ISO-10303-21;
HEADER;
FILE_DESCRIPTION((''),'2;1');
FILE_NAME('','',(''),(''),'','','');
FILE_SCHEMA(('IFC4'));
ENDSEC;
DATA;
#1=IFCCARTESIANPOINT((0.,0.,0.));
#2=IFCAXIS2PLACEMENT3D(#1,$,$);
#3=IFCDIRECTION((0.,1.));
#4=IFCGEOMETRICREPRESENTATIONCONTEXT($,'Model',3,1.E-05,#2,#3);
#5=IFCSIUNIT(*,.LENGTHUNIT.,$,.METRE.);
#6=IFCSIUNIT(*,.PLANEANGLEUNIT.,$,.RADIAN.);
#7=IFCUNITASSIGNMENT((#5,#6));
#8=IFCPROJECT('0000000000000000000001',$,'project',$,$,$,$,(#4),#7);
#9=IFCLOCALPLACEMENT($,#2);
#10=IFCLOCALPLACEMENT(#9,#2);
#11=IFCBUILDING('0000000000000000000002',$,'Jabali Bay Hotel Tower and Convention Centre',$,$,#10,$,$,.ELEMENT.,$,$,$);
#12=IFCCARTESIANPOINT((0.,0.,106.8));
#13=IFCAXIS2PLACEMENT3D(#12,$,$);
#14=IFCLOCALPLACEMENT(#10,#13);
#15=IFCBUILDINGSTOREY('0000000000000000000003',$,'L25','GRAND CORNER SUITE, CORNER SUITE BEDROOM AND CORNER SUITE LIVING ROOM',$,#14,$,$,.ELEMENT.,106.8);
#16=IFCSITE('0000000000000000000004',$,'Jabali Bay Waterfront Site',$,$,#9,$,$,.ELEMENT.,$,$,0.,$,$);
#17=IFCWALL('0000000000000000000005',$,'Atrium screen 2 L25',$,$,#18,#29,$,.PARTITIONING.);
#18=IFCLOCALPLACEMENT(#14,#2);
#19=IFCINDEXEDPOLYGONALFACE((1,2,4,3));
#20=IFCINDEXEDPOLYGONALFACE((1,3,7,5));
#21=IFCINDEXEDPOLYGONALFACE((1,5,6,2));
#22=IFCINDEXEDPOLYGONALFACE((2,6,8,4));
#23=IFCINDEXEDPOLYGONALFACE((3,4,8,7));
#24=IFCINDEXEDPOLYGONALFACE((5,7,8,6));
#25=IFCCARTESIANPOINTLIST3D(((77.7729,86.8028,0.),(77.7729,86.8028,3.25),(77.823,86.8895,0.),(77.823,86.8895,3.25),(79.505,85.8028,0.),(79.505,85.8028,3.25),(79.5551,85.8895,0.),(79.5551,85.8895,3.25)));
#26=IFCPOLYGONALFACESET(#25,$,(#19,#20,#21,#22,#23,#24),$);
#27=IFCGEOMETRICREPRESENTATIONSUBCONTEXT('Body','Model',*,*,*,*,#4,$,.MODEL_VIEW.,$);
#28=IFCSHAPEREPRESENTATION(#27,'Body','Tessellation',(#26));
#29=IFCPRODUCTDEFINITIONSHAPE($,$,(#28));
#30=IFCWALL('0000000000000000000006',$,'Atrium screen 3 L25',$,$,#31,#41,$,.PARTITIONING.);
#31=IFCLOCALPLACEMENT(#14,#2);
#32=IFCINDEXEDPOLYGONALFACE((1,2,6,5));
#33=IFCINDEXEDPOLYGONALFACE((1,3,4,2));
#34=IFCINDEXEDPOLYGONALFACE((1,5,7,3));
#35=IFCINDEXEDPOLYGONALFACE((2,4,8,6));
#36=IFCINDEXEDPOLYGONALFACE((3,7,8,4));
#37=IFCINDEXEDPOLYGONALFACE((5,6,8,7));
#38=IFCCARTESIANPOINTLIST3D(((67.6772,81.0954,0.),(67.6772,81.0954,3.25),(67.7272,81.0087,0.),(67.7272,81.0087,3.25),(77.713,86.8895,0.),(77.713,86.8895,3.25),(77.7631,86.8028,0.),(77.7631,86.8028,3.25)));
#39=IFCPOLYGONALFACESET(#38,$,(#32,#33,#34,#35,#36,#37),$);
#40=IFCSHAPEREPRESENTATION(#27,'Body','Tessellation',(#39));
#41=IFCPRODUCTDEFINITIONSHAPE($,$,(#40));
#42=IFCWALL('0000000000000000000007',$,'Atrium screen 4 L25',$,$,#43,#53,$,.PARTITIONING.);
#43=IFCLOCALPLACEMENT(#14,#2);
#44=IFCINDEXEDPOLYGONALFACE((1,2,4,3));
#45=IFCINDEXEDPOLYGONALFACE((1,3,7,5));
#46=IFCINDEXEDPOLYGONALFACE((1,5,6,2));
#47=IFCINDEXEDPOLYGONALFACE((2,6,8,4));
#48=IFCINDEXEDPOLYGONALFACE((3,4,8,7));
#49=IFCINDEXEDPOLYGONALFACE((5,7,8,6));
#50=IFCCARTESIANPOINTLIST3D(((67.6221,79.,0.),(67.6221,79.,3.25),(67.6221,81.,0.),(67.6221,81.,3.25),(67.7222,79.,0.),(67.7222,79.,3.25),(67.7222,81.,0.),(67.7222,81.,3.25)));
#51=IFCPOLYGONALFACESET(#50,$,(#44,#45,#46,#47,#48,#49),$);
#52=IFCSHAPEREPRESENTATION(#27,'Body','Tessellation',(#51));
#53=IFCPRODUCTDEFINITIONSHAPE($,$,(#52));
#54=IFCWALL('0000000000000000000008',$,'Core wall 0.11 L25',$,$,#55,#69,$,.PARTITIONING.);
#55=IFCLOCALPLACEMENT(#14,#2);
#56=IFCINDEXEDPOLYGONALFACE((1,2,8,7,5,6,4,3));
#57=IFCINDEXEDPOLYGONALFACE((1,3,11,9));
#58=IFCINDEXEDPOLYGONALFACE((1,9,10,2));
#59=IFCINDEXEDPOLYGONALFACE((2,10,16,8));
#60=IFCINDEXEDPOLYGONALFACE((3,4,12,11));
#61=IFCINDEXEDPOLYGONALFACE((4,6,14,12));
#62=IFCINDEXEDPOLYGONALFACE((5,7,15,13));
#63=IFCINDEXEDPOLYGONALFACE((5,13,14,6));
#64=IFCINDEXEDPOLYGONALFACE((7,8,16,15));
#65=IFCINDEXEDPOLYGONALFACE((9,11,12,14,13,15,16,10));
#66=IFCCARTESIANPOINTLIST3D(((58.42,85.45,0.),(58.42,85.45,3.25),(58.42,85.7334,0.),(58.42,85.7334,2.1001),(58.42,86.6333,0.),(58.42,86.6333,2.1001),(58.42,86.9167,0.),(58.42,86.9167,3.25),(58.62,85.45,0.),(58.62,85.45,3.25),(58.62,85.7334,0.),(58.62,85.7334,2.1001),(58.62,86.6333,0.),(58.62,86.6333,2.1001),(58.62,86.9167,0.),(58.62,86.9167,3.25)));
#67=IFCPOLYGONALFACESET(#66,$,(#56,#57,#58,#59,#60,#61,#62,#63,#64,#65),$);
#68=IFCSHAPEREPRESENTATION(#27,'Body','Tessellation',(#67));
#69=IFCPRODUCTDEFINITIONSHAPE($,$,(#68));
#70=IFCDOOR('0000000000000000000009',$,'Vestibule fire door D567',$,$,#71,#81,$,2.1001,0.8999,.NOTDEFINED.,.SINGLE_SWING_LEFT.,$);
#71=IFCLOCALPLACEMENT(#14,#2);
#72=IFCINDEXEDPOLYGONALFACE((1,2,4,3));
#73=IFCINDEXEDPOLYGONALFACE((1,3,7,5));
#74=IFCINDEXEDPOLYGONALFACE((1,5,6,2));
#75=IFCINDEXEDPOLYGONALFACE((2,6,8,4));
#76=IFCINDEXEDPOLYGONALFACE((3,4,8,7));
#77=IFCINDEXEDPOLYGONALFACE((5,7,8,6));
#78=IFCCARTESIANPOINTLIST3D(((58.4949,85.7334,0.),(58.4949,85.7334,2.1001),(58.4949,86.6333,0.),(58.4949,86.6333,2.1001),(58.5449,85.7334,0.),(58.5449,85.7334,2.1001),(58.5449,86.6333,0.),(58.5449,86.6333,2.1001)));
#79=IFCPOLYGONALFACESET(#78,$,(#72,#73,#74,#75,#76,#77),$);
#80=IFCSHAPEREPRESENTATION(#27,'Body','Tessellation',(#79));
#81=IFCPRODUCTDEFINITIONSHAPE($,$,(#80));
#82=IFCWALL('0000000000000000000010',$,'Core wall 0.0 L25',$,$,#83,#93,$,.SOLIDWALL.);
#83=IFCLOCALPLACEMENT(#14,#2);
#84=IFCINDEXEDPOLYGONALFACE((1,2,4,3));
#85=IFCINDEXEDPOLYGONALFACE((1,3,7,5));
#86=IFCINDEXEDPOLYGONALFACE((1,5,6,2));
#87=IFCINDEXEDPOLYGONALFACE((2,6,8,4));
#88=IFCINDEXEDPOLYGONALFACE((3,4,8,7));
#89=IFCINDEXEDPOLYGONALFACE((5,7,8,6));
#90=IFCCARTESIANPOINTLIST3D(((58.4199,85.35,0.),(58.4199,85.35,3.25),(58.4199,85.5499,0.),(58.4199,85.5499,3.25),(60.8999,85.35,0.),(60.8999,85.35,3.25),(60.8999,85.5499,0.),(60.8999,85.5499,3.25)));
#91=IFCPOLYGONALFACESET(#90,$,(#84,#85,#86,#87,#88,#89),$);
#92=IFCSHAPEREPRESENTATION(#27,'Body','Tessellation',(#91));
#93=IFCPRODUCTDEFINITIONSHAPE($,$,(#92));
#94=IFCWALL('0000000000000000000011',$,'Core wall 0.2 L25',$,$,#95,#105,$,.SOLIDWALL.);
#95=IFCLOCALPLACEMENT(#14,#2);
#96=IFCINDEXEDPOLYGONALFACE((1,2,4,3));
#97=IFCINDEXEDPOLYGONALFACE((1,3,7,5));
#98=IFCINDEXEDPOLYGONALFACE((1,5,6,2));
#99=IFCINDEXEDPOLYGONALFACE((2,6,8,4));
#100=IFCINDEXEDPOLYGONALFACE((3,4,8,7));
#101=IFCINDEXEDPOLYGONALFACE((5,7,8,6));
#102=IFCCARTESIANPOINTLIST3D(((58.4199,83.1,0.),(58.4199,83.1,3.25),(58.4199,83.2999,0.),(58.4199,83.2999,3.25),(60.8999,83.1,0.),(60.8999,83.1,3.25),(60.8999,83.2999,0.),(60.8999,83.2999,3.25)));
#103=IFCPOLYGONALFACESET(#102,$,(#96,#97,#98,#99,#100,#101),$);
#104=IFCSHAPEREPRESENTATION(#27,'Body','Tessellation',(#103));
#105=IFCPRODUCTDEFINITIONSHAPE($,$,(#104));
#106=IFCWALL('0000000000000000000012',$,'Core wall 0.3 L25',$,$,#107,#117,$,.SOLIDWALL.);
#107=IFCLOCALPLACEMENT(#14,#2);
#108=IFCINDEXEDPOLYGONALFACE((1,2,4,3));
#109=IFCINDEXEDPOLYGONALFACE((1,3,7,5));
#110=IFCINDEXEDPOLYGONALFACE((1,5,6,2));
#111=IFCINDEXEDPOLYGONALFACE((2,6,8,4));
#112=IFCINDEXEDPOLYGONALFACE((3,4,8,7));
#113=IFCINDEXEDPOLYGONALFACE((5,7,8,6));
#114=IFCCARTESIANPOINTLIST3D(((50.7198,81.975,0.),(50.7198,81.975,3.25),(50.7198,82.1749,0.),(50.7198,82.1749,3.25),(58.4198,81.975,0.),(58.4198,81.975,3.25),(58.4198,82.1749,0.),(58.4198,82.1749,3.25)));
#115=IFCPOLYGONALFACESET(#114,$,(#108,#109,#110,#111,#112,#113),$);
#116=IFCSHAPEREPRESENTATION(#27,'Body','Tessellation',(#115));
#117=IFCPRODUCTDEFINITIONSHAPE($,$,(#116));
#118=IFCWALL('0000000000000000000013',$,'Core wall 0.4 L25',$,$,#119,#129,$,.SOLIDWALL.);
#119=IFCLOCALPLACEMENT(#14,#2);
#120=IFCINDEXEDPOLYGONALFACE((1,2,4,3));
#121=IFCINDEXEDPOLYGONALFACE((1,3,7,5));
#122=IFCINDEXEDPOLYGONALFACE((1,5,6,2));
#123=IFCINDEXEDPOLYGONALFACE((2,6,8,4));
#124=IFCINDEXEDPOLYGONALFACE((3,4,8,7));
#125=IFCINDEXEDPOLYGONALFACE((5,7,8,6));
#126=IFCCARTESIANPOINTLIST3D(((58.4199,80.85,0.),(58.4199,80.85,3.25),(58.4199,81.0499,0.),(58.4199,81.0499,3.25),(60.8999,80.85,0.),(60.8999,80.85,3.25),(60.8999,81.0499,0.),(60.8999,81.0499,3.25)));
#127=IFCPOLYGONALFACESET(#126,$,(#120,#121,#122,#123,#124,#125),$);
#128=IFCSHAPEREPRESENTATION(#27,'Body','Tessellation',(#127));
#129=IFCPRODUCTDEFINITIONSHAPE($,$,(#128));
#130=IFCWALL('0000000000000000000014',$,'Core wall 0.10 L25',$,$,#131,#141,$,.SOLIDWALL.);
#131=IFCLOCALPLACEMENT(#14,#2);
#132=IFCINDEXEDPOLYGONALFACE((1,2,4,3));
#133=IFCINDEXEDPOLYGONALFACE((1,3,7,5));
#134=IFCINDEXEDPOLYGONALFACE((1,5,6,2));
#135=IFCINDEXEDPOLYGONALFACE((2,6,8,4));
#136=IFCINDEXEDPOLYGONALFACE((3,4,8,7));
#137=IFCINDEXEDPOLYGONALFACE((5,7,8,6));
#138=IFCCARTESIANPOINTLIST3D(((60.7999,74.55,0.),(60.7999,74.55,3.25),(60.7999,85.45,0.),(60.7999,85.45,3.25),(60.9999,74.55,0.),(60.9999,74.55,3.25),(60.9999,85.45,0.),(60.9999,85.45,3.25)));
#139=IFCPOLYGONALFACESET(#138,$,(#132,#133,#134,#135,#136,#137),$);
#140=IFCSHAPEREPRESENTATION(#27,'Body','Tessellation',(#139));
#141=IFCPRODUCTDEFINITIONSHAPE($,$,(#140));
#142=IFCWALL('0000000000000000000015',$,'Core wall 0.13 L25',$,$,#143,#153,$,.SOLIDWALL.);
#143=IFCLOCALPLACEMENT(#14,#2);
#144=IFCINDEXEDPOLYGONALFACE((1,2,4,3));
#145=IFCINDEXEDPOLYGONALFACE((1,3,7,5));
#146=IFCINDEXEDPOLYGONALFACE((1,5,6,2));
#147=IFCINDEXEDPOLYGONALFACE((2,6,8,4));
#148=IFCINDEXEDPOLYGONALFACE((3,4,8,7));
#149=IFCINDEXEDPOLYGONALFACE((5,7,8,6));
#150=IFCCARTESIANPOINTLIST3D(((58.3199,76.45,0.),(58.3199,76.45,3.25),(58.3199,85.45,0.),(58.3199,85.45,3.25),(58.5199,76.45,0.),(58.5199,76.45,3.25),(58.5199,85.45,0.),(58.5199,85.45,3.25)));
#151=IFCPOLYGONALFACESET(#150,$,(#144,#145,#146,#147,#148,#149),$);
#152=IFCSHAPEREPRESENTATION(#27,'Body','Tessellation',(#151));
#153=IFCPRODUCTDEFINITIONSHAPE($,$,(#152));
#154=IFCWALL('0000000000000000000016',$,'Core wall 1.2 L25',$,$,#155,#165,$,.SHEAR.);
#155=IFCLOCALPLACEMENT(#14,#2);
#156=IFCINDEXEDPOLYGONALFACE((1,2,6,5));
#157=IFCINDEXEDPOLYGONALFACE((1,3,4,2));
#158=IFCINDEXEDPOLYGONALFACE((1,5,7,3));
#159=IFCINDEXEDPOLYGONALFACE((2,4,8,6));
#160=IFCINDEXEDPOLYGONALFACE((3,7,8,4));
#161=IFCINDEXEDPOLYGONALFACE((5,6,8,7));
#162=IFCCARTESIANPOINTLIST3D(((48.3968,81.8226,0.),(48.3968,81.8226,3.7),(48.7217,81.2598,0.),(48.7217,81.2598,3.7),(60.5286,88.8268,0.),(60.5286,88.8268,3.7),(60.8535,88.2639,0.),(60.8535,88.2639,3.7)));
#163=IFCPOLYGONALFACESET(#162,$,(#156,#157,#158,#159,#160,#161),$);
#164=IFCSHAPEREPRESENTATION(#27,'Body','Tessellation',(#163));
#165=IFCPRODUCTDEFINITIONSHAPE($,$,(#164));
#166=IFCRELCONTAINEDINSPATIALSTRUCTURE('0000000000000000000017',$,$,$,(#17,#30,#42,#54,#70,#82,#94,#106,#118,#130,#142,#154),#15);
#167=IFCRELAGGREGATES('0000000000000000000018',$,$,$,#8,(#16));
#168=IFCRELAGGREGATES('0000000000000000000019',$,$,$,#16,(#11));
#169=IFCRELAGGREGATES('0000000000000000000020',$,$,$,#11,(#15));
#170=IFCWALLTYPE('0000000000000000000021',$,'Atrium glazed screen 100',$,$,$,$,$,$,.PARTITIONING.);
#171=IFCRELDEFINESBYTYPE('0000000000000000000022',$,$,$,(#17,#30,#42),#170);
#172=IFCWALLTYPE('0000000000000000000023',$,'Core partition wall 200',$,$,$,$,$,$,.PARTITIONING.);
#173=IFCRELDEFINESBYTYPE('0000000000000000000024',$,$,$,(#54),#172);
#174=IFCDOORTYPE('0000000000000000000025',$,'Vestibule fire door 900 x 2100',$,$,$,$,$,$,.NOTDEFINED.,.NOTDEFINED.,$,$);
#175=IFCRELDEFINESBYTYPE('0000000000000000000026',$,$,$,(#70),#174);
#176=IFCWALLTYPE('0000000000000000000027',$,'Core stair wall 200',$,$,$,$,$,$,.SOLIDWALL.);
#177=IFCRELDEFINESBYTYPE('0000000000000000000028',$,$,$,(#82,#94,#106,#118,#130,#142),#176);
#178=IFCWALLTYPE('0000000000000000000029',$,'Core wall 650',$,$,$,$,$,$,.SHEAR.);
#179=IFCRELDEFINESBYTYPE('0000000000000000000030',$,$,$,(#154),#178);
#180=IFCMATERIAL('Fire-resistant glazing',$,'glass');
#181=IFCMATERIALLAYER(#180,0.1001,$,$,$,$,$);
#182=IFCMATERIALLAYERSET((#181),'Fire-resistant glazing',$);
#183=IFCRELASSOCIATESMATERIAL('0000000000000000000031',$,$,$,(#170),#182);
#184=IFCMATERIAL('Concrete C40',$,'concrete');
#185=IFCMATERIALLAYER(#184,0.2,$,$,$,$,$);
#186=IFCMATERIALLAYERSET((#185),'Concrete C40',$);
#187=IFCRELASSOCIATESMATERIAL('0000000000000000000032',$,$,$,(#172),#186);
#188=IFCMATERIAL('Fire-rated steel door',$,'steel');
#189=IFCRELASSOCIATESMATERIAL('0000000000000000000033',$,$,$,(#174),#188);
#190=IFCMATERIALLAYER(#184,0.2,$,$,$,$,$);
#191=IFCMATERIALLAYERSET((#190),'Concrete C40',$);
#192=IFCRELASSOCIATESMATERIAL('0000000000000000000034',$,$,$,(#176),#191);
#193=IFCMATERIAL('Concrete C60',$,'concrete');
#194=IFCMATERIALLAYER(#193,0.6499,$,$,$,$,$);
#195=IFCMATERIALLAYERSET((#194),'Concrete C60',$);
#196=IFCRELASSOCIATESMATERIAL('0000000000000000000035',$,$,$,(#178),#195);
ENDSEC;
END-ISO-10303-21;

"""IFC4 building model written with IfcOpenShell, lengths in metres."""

from ifc_helpers import new_model, si_unit, direction, frame, frame_2d, origin, place, context, subcontext, project, spatial, rectangle, extrude, material, layer, layer_set, type_object, element, fill, save


model = new_model("IFC4")

# Units and contexts
model_context = context("Model", 3, precision=1e-05, world=origin(), true_north=direction((0.0, 1.0)))
body_context = subcontext(model_context, "Body", "Model", "MODEL_VIEW")
ifc_project = project(units=[si_unit("LENGTHUNIT", "METRE"), si_unit("PLANEANGLEUNIT", "RADIAN")], contexts=[model_context])

# Site, building, storey
site_placement = place(None, origin())
site = spatial("IfcSite", under=ifc_project, at=site_placement, Name="Jabali Bay Waterfront Site", CompositionType="ELEMENT", RefElevation=0.0)
building_placement = place(site_placement, origin())
building = spatial("IfcBuilding", under=site, at=building_placement, Name="Jabali Bay Hotel Tower and Convention Centre", CompositionType="ELEMENT")
storey_placement = place(building_placement, frame((0.0, 0.0, 106.8)))
storey = spatial("IfcBuildingStorey", under=building, at=storey_placement, Name="L25", Description="GRAND CORNER SUITE, CORNER SUITE BEDROOM AND CORNER SUITE LIVING ROOM", CompositionType="ELEMENT", Elevation=106.8)

# Walls
ifc_material_1 = material(Name="Fire-resistant glazing", Category="glass")
ifc_layer_1 = layer(ifc_material_1, 0.1001)
ifc_layer_set_1 = layer_set([ifc_layer_1], Name="Fire-resistant glazing")
wall_type_1 = type_object("IfcWallType", Name="Atrium glazed screen 100", PredefinedType="PARTITIONING", material=ifc_layer_set_1)
wall_1_placement = place(storey_placement, frame((79.53, 85.8462, 0.0), z_axis=(0.0, 0.0, 1.0), x_axis=(-0.866041, 0.499973, 0.0)))
element("IfcWall", 1, at=wall_1_placement, inside=storey, type_object=wall_type_1, Name="Atrium screen 2 L25", PredefinedType="PARTITIONING", context=body_context, shape_type="SweptSolid", body=[
    extrude(rectangle(XDim=2.0, YDim=0.1001, at=frame_2d((1.0, 0.0))), origin(), (0.0, 0.0, 1.0), 3.25),
])
wall_2_placement = place(storey_placement, frame((77.738, 86.8462, 0.0), z_axis=(0.0, 0.0, 1.0), x_axis=(-0.866027, -0.499998, 0.0)))
element("IfcWall", 2, at=wall_2_placement, inside=storey, type_object=wall_type_1, Name="Atrium screen 3 L25", PredefinedType="PARTITIONING", context=body_context, shape_type="SweptSolid", body=[
    extrude(rectangle(XDim=11.5884, YDim=0.1001, at=frame_2d((5.7942, 0.0))), origin(), (0.0, 0.0, 1.0), 3.25),
])
wall_3_placement = place(storey_placement, frame((67.6721, 81.0, 0.0), z_axis=(0.0, 0.0, 1.0), x_axis=(0.0, -1.0, 0.0)))
element("IfcWall", 3, at=wall_3_placement, inside=storey, type_object=wall_type_1, Name="Atrium screen 4 L25", PredefinedType="PARTITIONING", context=body_context, shape_type="SweptSolid", body=[
    extrude(rectangle(XDim=2.0, YDim=0.1001, at=frame_2d((1.0, 0.0))), origin(), (0.0, 0.0, 1.0), 3.25),
])

# Wall, opening, door
ifc_material_2 = material(Name="Concrete C40", Category="concrete")
ifc_layer_2 = layer(ifc_material_2, 0.2)
ifc_layer_set_2 = layer_set([ifc_layer_2], Name="Concrete C40")
wall_type_2 = type_object("IfcWallType", Name="Core partition wall 200", PredefinedType="PARTITIONING", material=ifc_layer_set_2)
wall_4_placement = place(storey_placement, frame((58.52, 86.9167, 0.0), z_axis=(0.0, 0.0, 1.0), x_axis=(0.0, -1.0, 0.0)))
wall_4 = element("IfcWall", 4, at=wall_4_placement, inside=storey, type_object=wall_type_2, Name="Core wall 0.11 L25", PredefinedType="PARTITIONING", context=body_context, shape_type="SweptSolid", body=[
    extrude(rectangle(XDim=1.4668, YDim=0.2, at=frame_2d((0.7334, 0.0))), origin(), (0.0, 0.0, 1.0), 3.25),
])
opening_1_placement = place(wall_4_placement, frame((0.2834, 0.0, 0.0)))
opening_1 = element("IfcOpeningElement", 5, at=opening_1_placement, cuts=wall_4, PredefinedType="OPENING", context=body_context, shape_type="SweptSolid", body=[
    extrude(rectangle(XDim=0.8999, YDim=2.1001, at=frame_2d((0.45, 1.05))), frame((0.0, 0.1104, 0.0), z_axis=(0.0, -1.0, 0.0), x_axis=(1.0, 0.0, 0.0)), (0.0, 0.0, 1.0), 0.2209),
])
ifc_material_3 = material(Name="Fire-rated steel door", Category="steel")
door_type_1 = type_object("IfcDoorType", Name="Vestibule fire door 900 x 2100", OperationType="NOTDEFINED", PredefinedType="NOTDEFINED", material=ifc_material_3)
door_1_placement = place(opening_1_placement, origin())
door_1 = element("IfcDoor", 6, at=door_1_placement, inside=storey, type_object=door_type_1, Name="Vestibule fire door D567", OperationType="SINGLE_SWING_LEFT", OverallHeight=2.1001, OverallWidth=0.8999, PredefinedType="NOTDEFINED", context=body_context, shape_type="SweptSolid", body=[
    extrude(rectangle(XDim=0.8999, YDim=2.1001, at=frame_2d((0.45, 1.05))), frame((0.0, 0.0249, 0.0), z_axis=(0.0, -1.0, 0.0), x_axis=(1.0, 0.0, 0.0)), (0.0, 0.0, 1.0), 0.05),
])
fill(opening_1, door_1)

# Walls
ifc_layer_3 = layer(ifc_material_2, 0.2)
ifc_layer_set_3 = layer_set([ifc_layer_3], Name="Concrete C40")
wall_type_3 = type_object("IfcWallType", Name="Core stair wall 200", PredefinedType="SOLIDWALL", material=ifc_layer_set_3)
for number, where, z_axis, x_axis, name in (
    (7, (60.8999, 85.45, 0.0), (0.0, 0.0, 1.0), (-1.0, 0.0, 0.0), "Core wall 0.0 L25"),
    (8, (60.8999, 83.2, 0.0), (0.0, 0.0, 1.0), (-1.0, 0.0, 0.0), "Core wall 0.2 L25"),
):
    element("IfcWall", number, at=place(storey_placement, frame(where, z_axis=z_axis, x_axis=x_axis)), inside=storey, type_object=wall_type_3, Name=name, PredefinedType="SOLIDWALL", context=body_context, shape_type="SweptSolid", body=[
        extrude(rectangle(XDim=2.48, YDim=0.2, at=frame_2d((1.24, 0.0))), origin(), (0.0, 0.0, 1.0), 3.25),
    ])
wall_5_placement = place(storey_placement, frame((58.4199, 82.075, 0.0), z_axis=(0.0, 0.0, 1.0), x_axis=(-1.0, 0.0, 0.0)))
element("IfcWall", 9, at=wall_5_placement, inside=storey, type_object=wall_type_3, Name="Core wall 0.3 L25", PredefinedType="SOLIDWALL", context=body_context, shape_type="SweptSolid", body=[
    extrude(rectangle(XDim=7.7, YDim=0.2, at=frame_2d((3.8501, 0.0))), origin(), (0.0, 0.0, 1.0), 3.25),
])
wall_6_placement = place(storey_placement, frame((60.8999, 80.95, 0.0), z_axis=(0.0, 0.0, 1.0), x_axis=(-1.0, 0.0, 0.0)))
element("IfcWall", 10, at=wall_6_placement, inside=storey, type_object=wall_type_3, Name="Core wall 0.4 L25", PredefinedType="SOLIDWALL", context=body_context, shape_type="SweptSolid", body=[
    extrude(rectangle(XDim=2.48, YDim=0.2, at=frame_2d((1.24, 0.0))), origin(), (0.0, 0.0, 1.0), 3.25),
])
wall_7_placement = place(storey_placement, frame((60.8999, 85.45, 0.0), z_axis=(0.0, 0.0, 1.0), x_axis=(0.0, -1.0, 0.0)))
element("IfcWall", 11, at=wall_7_placement, inside=storey, type_object=wall_type_3, Name="Core wall 0.10 L25", PredefinedType="SOLIDWALL", context=body_context, shape_type="SweptSolid", body=[
    extrude(rectangle(XDim=10.8999, YDim=0.2, at=frame_2d((5.45, 0.0))), origin(), (0.0, 0.0, 1.0), 3.25),
])
wall_8_placement = place(storey_placement, frame((58.4199, 85.45, 0.0), z_axis=(0.0, 0.0, 1.0), x_axis=(0.0, -1.0, 0.0)))
element("IfcWall", 12, at=wall_8_placement, inside=storey, type_object=wall_type_3, Name="Core wall 0.13 L25", PredefinedType="SOLIDWALL", context=body_context, shape_type="SweptSolid", body=[
    extrude(rectangle(XDim=9.0, YDim=0.2, at=frame_2d((4.5, 0.0))), origin(), (0.0, 0.0, 1.0), 3.25),
])
ifc_material_4 = material(Name="Concrete C60", Category="concrete")
ifc_layer_4 = layer(ifc_material_4, 0.6499)
ifc_layer_set_4 = layer_set([ifc_layer_4], Name="Concrete C60")
wall_type_4 = type_object("IfcWallType", Name="Core wall 650", PredefinedType="SHEAR", material=ifc_layer_set_4)
wall_9_placement = place(storey_placement, frame((60.6912, 88.5454, 0.0), z_axis=(0.0, 0.0, 1.0), x_axis=(-0.866031, -0.499991, 0.0)))
element("IfcWall", 13, at=wall_9_placement, inside=storey, type_object=wall_type_4, Name="Core wall 1.2 L25", PredefinedType="SHEAR", context=body_context, shape_type="SweptSolid", body=[
    extrude(rectangle(XDim=14.0085, YDim=0.6499, at=frame_2d((7.0044, 0.0))), origin(), (0.0, 0.0, 1.0), 3.7),
])

save(model, "model.ifc")
